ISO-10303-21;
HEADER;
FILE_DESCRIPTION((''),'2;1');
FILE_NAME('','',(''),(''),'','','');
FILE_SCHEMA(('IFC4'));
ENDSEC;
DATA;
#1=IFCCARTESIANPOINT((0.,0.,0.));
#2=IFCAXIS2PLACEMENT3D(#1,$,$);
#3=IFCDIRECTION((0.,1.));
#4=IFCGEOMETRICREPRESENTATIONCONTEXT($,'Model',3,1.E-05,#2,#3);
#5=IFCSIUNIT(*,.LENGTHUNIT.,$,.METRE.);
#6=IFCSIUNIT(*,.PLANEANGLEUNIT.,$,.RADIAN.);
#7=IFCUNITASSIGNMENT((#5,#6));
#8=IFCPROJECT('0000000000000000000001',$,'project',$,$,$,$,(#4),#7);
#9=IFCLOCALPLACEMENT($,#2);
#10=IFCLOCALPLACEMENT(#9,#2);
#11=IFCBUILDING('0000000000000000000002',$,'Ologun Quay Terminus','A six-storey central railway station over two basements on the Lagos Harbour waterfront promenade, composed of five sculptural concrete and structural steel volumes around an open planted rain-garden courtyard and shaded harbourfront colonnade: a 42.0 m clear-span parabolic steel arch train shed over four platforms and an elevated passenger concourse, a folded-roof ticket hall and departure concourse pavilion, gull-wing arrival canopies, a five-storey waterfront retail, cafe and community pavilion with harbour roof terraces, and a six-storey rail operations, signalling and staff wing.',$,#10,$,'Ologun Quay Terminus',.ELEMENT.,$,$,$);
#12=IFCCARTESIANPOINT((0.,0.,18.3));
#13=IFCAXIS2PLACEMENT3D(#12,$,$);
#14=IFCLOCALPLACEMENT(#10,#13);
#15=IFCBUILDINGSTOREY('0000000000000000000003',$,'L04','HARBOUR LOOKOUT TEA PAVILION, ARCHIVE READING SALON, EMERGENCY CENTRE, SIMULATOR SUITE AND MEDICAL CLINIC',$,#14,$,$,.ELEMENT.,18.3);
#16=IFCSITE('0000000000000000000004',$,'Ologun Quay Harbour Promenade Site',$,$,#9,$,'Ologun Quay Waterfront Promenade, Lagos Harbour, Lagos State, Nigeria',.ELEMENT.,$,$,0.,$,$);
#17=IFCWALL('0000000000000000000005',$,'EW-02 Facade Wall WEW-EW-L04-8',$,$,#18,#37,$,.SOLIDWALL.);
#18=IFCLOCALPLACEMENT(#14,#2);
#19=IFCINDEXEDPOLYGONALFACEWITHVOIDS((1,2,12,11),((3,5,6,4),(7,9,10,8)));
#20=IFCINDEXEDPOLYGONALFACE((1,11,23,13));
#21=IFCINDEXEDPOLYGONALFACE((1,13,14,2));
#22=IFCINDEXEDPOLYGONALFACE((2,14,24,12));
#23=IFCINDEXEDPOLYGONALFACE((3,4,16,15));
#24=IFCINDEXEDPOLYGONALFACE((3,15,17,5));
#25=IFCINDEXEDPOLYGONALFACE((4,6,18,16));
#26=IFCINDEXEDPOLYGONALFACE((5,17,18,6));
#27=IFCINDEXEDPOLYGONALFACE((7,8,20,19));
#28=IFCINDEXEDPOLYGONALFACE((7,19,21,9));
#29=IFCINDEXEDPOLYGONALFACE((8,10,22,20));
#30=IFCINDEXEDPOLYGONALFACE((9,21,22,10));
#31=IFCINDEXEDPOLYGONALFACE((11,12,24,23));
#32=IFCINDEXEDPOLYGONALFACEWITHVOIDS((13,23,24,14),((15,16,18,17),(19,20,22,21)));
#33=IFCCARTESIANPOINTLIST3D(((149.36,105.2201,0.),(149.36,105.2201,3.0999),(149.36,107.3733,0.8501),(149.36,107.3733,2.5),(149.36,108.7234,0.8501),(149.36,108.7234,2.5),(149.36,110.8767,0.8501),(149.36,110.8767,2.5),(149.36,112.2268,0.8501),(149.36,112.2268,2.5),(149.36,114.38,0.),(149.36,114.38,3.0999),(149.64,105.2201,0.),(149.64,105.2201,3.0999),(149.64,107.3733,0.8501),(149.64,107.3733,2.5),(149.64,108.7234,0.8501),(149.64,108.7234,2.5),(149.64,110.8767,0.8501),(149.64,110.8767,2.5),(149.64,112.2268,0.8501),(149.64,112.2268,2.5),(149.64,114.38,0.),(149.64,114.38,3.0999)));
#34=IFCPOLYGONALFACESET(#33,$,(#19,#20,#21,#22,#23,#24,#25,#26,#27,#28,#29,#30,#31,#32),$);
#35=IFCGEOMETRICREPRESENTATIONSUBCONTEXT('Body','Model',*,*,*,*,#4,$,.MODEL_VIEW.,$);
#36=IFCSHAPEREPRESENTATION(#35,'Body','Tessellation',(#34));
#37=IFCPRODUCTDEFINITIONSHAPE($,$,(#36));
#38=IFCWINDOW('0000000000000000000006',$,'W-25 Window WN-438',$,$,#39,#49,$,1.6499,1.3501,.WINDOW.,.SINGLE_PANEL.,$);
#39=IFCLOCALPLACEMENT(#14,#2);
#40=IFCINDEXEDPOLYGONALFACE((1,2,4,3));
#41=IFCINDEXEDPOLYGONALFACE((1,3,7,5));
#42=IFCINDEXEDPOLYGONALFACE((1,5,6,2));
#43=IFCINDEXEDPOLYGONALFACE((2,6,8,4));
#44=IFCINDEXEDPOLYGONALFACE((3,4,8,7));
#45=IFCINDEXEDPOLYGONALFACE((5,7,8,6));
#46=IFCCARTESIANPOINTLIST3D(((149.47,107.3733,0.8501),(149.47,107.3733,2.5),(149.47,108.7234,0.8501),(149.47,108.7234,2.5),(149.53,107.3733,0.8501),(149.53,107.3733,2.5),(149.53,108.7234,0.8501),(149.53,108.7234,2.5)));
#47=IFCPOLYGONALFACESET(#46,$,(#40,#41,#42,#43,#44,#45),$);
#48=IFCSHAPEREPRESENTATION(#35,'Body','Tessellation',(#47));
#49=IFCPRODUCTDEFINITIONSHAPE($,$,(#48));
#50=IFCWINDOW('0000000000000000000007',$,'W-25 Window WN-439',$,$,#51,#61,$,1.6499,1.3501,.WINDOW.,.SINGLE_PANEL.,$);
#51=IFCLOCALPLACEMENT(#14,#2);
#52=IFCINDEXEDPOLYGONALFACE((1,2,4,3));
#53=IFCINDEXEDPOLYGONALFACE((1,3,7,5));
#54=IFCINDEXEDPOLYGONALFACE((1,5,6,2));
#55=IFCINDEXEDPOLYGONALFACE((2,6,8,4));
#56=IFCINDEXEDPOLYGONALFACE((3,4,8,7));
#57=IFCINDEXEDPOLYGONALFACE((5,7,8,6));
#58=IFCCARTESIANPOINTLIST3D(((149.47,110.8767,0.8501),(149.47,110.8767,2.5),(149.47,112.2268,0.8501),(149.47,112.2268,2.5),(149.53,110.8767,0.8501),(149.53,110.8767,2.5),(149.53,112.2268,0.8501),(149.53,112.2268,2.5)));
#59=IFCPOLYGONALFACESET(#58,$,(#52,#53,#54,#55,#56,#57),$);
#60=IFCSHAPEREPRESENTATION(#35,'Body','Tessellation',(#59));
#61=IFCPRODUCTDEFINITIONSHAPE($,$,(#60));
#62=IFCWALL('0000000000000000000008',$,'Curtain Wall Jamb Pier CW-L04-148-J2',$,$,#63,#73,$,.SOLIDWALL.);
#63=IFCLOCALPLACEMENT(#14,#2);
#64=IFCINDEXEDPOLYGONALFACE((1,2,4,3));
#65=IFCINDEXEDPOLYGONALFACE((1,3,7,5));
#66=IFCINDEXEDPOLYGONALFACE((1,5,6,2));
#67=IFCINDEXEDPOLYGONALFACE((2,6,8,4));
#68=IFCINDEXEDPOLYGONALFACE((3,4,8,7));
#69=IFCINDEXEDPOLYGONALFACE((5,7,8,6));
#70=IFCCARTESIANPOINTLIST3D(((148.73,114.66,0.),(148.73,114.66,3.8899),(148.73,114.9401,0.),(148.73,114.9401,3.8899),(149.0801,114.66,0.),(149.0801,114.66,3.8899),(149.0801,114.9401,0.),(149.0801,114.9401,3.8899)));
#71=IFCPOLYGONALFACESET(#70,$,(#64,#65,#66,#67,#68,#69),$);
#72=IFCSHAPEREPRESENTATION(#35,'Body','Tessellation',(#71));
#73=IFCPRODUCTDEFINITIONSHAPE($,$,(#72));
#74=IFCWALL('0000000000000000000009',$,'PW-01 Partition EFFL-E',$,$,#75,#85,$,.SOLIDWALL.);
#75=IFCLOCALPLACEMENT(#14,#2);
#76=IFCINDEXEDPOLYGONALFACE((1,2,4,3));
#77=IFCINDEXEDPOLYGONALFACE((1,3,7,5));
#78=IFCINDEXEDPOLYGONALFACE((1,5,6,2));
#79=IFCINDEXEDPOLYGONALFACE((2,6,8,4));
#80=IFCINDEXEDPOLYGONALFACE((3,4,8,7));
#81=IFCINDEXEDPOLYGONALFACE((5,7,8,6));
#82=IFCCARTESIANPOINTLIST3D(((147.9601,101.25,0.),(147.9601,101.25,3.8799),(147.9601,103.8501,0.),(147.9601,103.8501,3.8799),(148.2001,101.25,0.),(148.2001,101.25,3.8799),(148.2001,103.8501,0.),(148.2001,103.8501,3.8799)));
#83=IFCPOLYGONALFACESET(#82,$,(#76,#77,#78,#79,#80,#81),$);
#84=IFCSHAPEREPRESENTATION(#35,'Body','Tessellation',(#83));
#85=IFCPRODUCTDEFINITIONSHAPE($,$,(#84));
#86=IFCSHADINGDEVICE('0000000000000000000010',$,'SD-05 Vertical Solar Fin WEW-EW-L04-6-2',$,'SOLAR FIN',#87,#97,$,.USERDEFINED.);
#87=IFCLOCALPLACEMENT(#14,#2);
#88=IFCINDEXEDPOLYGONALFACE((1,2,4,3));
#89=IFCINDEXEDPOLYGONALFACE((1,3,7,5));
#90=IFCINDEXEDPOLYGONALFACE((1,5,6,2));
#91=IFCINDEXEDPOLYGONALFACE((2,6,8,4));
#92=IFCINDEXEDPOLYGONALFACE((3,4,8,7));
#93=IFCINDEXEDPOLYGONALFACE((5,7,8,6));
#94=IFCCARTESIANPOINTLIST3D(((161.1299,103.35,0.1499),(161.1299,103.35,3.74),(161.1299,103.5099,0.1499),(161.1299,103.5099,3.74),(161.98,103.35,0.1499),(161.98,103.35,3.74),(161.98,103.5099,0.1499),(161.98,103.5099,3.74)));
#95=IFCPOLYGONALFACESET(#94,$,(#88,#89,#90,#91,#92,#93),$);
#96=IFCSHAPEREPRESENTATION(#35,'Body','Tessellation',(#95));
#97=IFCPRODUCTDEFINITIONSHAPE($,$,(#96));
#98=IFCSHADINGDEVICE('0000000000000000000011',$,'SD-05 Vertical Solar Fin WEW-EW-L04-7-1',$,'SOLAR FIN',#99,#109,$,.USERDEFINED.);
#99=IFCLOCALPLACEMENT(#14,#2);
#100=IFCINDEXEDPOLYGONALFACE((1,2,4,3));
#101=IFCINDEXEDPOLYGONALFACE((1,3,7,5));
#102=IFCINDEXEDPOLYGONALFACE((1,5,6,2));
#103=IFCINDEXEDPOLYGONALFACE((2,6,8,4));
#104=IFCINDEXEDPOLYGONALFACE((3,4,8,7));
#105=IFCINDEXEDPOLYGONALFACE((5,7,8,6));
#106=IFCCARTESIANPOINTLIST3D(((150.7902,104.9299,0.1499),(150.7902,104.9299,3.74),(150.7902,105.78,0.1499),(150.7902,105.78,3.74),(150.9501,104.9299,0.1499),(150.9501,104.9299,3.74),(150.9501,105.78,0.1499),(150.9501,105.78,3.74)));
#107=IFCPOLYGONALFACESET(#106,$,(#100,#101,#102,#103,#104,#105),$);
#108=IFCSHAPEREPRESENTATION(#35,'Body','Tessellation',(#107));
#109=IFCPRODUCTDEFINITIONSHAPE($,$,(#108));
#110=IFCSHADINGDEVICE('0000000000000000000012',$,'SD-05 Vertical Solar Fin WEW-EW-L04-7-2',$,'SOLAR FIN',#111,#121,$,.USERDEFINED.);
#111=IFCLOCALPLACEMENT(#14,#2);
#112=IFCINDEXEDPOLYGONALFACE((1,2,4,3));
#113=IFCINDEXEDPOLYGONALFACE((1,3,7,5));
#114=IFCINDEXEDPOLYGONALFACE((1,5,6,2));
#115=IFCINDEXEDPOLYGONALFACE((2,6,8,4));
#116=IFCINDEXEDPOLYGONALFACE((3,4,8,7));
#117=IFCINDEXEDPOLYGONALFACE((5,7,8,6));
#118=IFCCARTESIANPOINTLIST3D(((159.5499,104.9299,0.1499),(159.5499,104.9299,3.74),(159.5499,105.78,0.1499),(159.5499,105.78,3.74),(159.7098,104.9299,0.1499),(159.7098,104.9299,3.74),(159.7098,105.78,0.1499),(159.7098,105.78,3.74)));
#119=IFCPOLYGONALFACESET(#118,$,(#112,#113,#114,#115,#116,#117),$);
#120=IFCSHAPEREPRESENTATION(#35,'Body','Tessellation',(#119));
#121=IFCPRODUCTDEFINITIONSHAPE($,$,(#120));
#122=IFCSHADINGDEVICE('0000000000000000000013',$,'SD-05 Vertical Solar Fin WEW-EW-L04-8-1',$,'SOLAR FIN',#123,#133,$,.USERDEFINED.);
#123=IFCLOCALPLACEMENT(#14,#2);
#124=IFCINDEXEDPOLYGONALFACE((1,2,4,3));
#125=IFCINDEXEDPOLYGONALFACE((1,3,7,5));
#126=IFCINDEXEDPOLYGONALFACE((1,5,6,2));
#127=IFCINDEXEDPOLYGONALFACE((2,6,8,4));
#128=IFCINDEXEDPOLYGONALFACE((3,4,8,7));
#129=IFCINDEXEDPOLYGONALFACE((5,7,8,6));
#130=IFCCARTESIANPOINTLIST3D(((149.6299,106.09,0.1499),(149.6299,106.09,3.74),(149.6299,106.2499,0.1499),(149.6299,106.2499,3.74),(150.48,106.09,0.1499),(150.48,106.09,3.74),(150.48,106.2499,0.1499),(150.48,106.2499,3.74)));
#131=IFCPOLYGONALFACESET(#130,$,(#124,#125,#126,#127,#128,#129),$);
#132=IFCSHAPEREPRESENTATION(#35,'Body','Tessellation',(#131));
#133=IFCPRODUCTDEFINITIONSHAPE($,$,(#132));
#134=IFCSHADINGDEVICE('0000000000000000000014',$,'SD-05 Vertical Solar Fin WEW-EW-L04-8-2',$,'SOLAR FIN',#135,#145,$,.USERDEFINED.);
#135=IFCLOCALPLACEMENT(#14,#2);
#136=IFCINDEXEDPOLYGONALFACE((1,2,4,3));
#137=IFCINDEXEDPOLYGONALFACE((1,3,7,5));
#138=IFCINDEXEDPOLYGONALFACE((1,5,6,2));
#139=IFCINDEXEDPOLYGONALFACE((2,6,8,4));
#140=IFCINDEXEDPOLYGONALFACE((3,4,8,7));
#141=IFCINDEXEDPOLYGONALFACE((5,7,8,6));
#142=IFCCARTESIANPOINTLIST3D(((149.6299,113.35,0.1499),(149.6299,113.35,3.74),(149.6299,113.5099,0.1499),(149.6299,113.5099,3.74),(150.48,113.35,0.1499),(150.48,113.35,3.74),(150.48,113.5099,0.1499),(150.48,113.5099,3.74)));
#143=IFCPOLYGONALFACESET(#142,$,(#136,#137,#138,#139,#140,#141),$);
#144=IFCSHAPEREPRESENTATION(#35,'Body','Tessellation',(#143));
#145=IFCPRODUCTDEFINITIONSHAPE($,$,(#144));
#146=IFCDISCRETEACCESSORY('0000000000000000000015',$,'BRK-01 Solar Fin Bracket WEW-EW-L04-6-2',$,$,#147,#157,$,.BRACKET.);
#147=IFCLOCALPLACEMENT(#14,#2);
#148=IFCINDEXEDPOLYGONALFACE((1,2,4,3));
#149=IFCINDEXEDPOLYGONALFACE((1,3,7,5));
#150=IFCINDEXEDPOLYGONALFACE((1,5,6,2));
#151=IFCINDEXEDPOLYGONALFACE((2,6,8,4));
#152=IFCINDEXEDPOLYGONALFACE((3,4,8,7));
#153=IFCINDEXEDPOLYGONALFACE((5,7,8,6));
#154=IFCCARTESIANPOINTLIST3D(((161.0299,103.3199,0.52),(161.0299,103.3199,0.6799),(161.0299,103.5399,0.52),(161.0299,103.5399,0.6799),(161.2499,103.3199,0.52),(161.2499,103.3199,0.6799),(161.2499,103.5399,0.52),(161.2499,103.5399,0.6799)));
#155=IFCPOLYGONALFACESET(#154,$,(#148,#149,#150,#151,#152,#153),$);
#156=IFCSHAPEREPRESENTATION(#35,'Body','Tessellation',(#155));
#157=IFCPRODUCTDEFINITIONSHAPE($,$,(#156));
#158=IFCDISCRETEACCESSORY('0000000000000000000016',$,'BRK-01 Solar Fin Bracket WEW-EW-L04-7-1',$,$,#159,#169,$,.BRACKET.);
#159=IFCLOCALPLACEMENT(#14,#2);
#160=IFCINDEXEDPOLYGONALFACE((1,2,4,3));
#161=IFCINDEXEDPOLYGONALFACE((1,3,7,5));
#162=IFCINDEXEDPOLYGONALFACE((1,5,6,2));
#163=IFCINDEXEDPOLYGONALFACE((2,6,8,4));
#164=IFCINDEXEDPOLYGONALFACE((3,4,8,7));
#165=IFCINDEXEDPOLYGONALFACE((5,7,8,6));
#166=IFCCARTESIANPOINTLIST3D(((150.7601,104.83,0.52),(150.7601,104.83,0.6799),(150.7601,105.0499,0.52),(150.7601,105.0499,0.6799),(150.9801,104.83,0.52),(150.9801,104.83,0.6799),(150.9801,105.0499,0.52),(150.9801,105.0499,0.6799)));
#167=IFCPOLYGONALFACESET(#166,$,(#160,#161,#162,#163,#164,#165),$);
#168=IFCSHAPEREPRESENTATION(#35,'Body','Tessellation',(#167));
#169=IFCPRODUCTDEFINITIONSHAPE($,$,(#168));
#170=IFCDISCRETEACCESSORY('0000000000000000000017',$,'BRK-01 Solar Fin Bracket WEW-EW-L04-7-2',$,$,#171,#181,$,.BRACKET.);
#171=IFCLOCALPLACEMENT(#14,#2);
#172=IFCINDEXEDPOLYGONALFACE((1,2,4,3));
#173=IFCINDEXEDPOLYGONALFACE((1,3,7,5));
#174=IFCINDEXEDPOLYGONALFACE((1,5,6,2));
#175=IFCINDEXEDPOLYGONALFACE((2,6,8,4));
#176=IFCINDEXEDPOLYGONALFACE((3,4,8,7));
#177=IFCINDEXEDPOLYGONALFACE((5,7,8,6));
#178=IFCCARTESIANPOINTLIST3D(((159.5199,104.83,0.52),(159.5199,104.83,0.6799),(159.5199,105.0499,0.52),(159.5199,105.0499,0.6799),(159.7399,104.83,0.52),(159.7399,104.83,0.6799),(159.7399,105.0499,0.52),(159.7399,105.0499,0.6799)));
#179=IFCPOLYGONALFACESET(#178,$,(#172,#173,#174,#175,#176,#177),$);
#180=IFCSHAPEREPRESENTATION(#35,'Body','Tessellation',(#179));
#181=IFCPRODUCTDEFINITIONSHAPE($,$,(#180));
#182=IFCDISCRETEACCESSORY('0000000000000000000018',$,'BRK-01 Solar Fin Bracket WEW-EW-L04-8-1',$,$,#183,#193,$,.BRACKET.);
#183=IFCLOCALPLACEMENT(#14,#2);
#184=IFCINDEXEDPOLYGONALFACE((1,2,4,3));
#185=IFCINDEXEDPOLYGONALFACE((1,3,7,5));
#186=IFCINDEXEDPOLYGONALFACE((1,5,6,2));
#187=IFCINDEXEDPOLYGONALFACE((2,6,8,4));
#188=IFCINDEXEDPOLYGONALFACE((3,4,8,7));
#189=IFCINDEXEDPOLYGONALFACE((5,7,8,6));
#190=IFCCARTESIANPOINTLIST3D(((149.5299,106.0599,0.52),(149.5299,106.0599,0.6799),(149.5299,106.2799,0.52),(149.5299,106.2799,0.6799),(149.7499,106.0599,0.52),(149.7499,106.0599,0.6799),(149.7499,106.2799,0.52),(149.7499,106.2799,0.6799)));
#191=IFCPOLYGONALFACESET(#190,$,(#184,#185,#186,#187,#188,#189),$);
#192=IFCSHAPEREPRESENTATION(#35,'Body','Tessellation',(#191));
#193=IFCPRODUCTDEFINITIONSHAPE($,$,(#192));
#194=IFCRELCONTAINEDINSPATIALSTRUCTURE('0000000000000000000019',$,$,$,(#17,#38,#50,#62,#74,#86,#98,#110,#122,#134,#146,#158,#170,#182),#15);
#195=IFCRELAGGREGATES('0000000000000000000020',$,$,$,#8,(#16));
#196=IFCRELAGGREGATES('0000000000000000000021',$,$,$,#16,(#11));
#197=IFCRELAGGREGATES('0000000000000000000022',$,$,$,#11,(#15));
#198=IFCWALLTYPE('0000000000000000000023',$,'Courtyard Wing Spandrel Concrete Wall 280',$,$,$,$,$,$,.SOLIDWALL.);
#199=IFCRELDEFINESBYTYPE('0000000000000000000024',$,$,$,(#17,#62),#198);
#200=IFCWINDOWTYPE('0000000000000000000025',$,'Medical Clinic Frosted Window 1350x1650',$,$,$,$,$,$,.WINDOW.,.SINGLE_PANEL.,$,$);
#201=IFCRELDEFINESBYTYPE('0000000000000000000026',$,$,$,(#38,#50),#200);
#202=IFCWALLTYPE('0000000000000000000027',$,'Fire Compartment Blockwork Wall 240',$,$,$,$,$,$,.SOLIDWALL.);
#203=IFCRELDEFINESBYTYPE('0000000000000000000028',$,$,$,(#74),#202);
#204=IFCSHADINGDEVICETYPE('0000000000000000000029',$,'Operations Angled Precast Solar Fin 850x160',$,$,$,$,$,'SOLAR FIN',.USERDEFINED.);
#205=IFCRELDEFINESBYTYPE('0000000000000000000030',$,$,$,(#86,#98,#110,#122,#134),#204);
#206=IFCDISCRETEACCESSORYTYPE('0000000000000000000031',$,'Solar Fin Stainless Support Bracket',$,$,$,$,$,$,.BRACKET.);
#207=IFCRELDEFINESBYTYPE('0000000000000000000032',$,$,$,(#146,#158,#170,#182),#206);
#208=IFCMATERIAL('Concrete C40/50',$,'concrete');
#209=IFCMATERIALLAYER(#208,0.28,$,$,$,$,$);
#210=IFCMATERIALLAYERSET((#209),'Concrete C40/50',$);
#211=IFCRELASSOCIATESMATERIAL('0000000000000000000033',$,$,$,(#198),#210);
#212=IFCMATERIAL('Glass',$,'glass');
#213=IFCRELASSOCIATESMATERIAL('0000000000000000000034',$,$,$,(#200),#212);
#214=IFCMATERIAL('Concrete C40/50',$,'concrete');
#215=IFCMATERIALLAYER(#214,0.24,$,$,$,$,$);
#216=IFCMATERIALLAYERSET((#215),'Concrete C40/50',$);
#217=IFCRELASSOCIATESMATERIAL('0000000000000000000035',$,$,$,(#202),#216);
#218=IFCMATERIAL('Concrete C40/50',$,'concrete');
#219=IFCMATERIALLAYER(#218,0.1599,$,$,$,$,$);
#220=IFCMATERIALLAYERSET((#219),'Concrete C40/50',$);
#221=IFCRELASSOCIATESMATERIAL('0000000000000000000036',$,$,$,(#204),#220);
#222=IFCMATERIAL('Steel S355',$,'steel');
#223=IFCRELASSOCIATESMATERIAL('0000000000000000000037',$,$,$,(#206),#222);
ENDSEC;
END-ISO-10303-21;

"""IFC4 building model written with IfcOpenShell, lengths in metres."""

from ifc_helpers import new_model, si_unit, direction, frame, frame_2d, origin, origin_2d, place, context, subcontext, project, spatial, rectangle, extrude, material, layer, layer_set, type_object, element, fill, save


model = new_model("IFC4")

# Units and contexts
model_context = context("Model", 3, precision=1e-05, world=origin(), true_north=direction((0.0, 1.0)))
body_context = subcontext(model_context, "Body", "Model", "MODEL_VIEW")
ifc_project = project(units=[si_unit("LENGTHUNIT", "METRE"), si_unit("PLANEANGLEUNIT", "RADIAN")], contexts=[model_context])

# Site, building, storey
site_placement = place(None, origin())
site = spatial("IfcSite", under=ifc_project, at=site_placement, Name="Ologun Quay Harbour Promenade Site", LongName="Ologun Quay Waterfront Promenade, Lagos Harbour, Lagos State, Nigeria", CompositionType="ELEMENT", RefElevation=0.0)
building_placement = place(site_placement, origin())
building = spatial("IfcBuilding", under=site, at=building_placement, Name="Ologun Quay Terminus", Description="A six-storey central railway station over two basements on the Lagos Harbour waterfront promenade, composed of five sculptural concrete and structural steel volumes around an open planted rain-garden courtyard and shaded harbourfront colonnade: a 42.0 m clear-span parabolic steel arch train shed over four platforms and an elevated passenger concourse, a folded-roof ticket hall and departure concourse pavilion, gull-wing arrival canopies, a five-storey waterfront retail, cafe and community pavilion with harbour roof terraces, and a six-storey rail operations, signalling and staff wing.", LongName="Ologun Quay Terminus", CompositionType="ELEMENT")
storey_placement = place(building_placement, frame((0.0, 0.0, 18.3)))
storey = spatial("IfcBuildingStorey", under=building, at=storey_placement, Name="L04", Description="HARBOUR LOOKOUT TEA PAVILION, ARCHIVE READING SALON, EMERGENCY CENTRE, SIMULATOR SUITE AND MEDICAL CLINIC", CompositionType="ELEMENT", Elevation=18.3)

# Wall, openings, windows
ifc_material_1 = material(Name="Concrete C40/50", Category="concrete")
ifc_layer_1 = layer(ifc_material_1, 0.28)
ifc_layer_set_1 = layer_set([ifc_layer_1], Name="Concrete C40/50")
wall_type_1 = type_object("IfcWallType", Name="Courtyard Wing Spandrel Concrete Wall 280", PredefinedType="SOLIDWALL", material=ifc_layer_set_1)
wall_1_placement = place(storey_placement, frame((149.5, 105.22, 0.0), z_axis=(0.0, 0.0, 1.0), x_axis=(0.0, 1.0, 0.0)))
wall_1 = element("IfcWall", 1, at=wall_1_placement, inside=storey, type_object=wall_type_1, Name="EW-02 Facade Wall WEW-EW-L04-8", PredefinedType="SOLIDWALL", context=body_context, shape_type="SweptSolid", body=[
    extrude(rectangle(XDim=9.1599, YDim=0.28, at=frame_2d((4.5801, 0.0))), origin(), (0.0, 0.0, 1.0), 3.0999),
])
opening_1_placement = place(wall_1_placement, frame((2.1533, 0.0, 0.8501)))
opening_1 = element("IfcOpeningElement", 2, at=opening_1_placement, cuts=wall_1, PredefinedType="OPENING", context=body_context, shape_type="SweptSolid", body=[
    extrude(rectangle(XDim=1.3501, YDim=1.6499, at=frame_2d((0.675, 0.825))), frame((0.0, 0.1499, 0.0), z_axis=(0.0, -1.0, 0.0), x_axis=(1.0, 0.0, 0.0)), (0.0, 0.0, 1.0), 0.3),
])
opening_2_placement = place(wall_1_placement, frame((5.6567, 0.0, 0.8501)))
opening_2 = element("IfcOpeningElement", 3, at=opening_2_placement, cuts=wall_1, PredefinedType="OPENING", context=body_context, shape_type="SweptSolid", body=[
    extrude(rectangle(XDim=1.3501, YDim=1.6499, at=frame_2d((0.675, 0.825))), frame((0.0, 0.1499, 0.0), z_axis=(0.0, -1.0, 0.0), x_axis=(1.0, 0.0, 0.0)), (0.0, 0.0, 1.0), 0.3),
])
ifc_material_2 = material(Name="Glass", Category="glass")
window_type_1 = type_object("IfcWindowType", Name="Medical Clinic Frosted Window 1350x1650", PartitioningType="SINGLE_PANEL", PredefinedType="WINDOW", material=ifc_material_2)
window_1_placement = place(opening_1_placement, origin())
window_1 = element("IfcWindow", 4, at=window_1_placement, inside=storey, type_object=window_type_1, Name="W-25 Window WN-438", OverallHeight=1.6499, OverallWidth=1.3501, PartitioningType="SINGLE_PANEL", PredefinedType="WINDOW", context=body_context, shape_type="SweptSolid", body=[
    extrude(rectangle(XDim=1.3501, YDim=1.6499, at=frame_2d((0.675, 0.825))), frame((0.0, 0.03, 0.0), z_axis=(0.0, -1.0, 0.0), x_axis=(1.0, 0.0, 0.0)), (0.0, 0.0, 1.0), 0.0601),
])
fill(opening_1, window_1)
window_2_placement = place(opening_2_placement, origin())
window_2 = element("IfcWindow", 5, at=window_2_placement, inside=storey, type_object=window_type_1, Name="W-25 Window WN-439", OverallHeight=1.6499, OverallWidth=1.3501, PartitioningType="SINGLE_PANEL", PredefinedType="WINDOW", context=body_context, shape_type="SweptSolid", body=[
    extrude(rectangle(XDim=1.3501, YDim=1.6499, at=frame_2d((0.675, 0.825))), frame((0.0, 0.03, 0.0), z_axis=(0.0, -1.0, 0.0), x_axis=(1.0, 0.0, 0.0)), (0.0, 0.0, 1.0), 0.0601),
])
fill(opening_2, window_2)

# Walls
wall_2_placement = place(storey_placement, frame((148.73, 114.8, 0.0), z_axis=(0.0, 0.0, 1.0), x_axis=(1.0, 0.0, 0.0)))
element("IfcWall", 6, at=wall_2_placement, inside=storey, type_object=wall_type_1, Name="Curtain Wall Jamb Pier CW-L04-148-J2", PredefinedType="SOLIDWALL", context=body_context, shape_type="SweptSolid", body=[
    extrude(rectangle(XDim=0.3501, YDim=0.28, at=frame_2d((0.175, 0.0))), origin(), (0.0, 0.0, 1.0), 3.8899),
])
ifc_material_3 = material(Name="Concrete C40/50", Category="concrete")
ifc_layer_2 = layer(ifc_material_3, 0.24)
ifc_layer_set_2 = layer_set([ifc_layer_2], Name="Concrete C40/50")
wall_type_2 = type_object("IfcWallType", Name="Fire Compartment Blockwork Wall 240", PredefinedType="SOLIDWALL", material=ifc_layer_set_2)
wall_3_placement = place(storey_placement, frame((148.0801, 101.25, 0.0), z_axis=(0.0, 0.0, 1.0), x_axis=(0.0, 1.0, 0.0)))
element("IfcWall", 7, at=wall_3_placement, inside=storey, type_object=wall_type_2, Name="PW-01 Partition EFFL-E", PredefinedType="SOLIDWALL", context=body_context, shape_type="SweptSolid", body=[
    extrude(rectangle(XDim=2.6001, YDim=0.24, at=frame_2d((1.3, 0.0))), origin(), (0.0, 0.0, 1.0), 3.8799),
])

# Shading devices
ifc_material_4 = material(Name="Concrete C40/50", Category="concrete")
ifc_layer_3 = layer(ifc_material_4, 0.1599)
ifc_layer_set_3 = layer_set([ifc_layer_3], Name="Concrete C40/50")
shading_device_type = type_object("IfcShadingDeviceType", Name="Operations Angled Precast Solar Fin 850x160", ElementType="SOLAR FIN", PredefinedType="USERDEFINED", material=ifc_layer_set_3)
shading_device_placement = place(storey_placement, frame((161.5549, 103.4299, 0.1499), z_axis=(0.0, 0.0, 1.0), x_axis=(1.0, 0.0, 0.0)))
element("IfcShadingDevice", 8, at=shading_device_placement, inside=storey, type_object=shading_device_type, Name="SD-05 Vertical Solar Fin WEW-EW-L04-6-2", ObjectType="SOLAR FIN", PredefinedType="USERDEFINED", context=body_context, shape_type="SweptSolid", body=[
    extrude(rectangle(XDim=0.8501, YDim=0.1599, at=origin_2d()), origin(), (0.0, 0.0, 1.0), 3.5901),
])
for number, where, z_axis, x_axis, name in (
    (9, (150.8701, 105.355, 0.1499), (0.0, 0.0, 1.0), (1.0, 0.0, 0.0), "SD-05 Vertical Solar Fin WEW-EW-L04-7-1"),
    (10, (159.6299, 105.355, 0.1499), (0.0, 0.0, 1.0), (1.0, 0.0, 0.0), "SD-05 Vertical Solar Fin WEW-EW-L04-7-2"),
):
    element("IfcShadingDevice", number, at=place(storey_placement, frame(where, z_axis=z_axis, x_axis=x_axis)), inside=storey, type_object=shading_device_type, Name=name, ObjectType="SOLAR FIN", PredefinedType="USERDEFINED", context=body_context, shape_type="SweptSolid", body=[
        extrude(rectangle(XDim=0.1599, YDim=0.8501, at=origin_2d()), origin(), (0.0, 0.0, 1.0), 3.5901),
    ])
for number, where, z_axis, x_axis, name in (
    (11, (150.0549, 106.1699, 0.1499), (0.0, 0.0, 1.0), (1.0, 0.0, 0.0), "SD-05 Vertical Solar Fin WEW-EW-L04-8-1"),
    (12, (150.0549, 113.4299, 0.1499), (0.0, 0.0, 1.0), (1.0, 0.0, 0.0), "SD-05 Vertical Solar Fin WEW-EW-L04-8-2"),
):
    element("IfcShadingDevice", number, at=place(storey_placement, frame(where, z_axis=z_axis, x_axis=x_axis)), inside=storey, type_object=shading_device_type, Name=name, ObjectType="SOLAR FIN", PredefinedType="USERDEFINED", context=body_context, shape_type="SweptSolid", body=[
        extrude(rectangle(XDim=0.8501, YDim=0.1599, at=origin_2d()), origin(), (0.0, 0.0, 1.0), 3.5901),
    ])

# Discrete accessories
ifc_material_5 = material(Name="Steel S355", Category="steel")
discrete_accessory_type = type_object("IfcDiscreteAccessoryType", Name="Solar Fin Stainless Support Bracket", PredefinedType="BRACKET", material=ifc_material_5)
for number, where, z_axis, x_axis, name in (
    (13, (161.1399, 103.4299, 0.52), (0.0, 0.0, 1.0), (1.0, 0.0, 0.0), "BRK-01 Solar Fin Bracket WEW-EW-L04-6-2"),
    (14, (150.8701, 104.9399, 0.52), (0.0, 0.0, 1.0), (1.0, 0.0, 0.0), "BRK-01 Solar Fin Bracket WEW-EW-L04-7-1"),
    (15, (159.6299, 104.9399, 0.52), (0.0, 0.0, 1.0), (1.0, 0.0, 0.0), "BRK-01 Solar Fin Bracket WEW-EW-L04-7-2"),
    (16, (149.6399, 106.1699, 0.52), (0.0, 0.0, 1.0), (1.0, 0.0, 0.0), "BRK-01 Solar Fin Bracket WEW-EW-L04-8-1"),
):
    element("IfcDiscreteAccessory", number, at=place(storey_placement, frame(where, z_axis=z_axis, x_axis=x_axis)), inside=storey, type_object=discrete_accessory_type, Name=name, PredefinedType="BRACKET", context=body_context, shape_type="SweptSolid", body=[
        extrude(rectangle(XDim=0.22, YDim=0.22, at=origin_2d()), origin(), (0.0, 0.0, 1.0), 0.1599),
    ])

save(model, "model.ifc")
